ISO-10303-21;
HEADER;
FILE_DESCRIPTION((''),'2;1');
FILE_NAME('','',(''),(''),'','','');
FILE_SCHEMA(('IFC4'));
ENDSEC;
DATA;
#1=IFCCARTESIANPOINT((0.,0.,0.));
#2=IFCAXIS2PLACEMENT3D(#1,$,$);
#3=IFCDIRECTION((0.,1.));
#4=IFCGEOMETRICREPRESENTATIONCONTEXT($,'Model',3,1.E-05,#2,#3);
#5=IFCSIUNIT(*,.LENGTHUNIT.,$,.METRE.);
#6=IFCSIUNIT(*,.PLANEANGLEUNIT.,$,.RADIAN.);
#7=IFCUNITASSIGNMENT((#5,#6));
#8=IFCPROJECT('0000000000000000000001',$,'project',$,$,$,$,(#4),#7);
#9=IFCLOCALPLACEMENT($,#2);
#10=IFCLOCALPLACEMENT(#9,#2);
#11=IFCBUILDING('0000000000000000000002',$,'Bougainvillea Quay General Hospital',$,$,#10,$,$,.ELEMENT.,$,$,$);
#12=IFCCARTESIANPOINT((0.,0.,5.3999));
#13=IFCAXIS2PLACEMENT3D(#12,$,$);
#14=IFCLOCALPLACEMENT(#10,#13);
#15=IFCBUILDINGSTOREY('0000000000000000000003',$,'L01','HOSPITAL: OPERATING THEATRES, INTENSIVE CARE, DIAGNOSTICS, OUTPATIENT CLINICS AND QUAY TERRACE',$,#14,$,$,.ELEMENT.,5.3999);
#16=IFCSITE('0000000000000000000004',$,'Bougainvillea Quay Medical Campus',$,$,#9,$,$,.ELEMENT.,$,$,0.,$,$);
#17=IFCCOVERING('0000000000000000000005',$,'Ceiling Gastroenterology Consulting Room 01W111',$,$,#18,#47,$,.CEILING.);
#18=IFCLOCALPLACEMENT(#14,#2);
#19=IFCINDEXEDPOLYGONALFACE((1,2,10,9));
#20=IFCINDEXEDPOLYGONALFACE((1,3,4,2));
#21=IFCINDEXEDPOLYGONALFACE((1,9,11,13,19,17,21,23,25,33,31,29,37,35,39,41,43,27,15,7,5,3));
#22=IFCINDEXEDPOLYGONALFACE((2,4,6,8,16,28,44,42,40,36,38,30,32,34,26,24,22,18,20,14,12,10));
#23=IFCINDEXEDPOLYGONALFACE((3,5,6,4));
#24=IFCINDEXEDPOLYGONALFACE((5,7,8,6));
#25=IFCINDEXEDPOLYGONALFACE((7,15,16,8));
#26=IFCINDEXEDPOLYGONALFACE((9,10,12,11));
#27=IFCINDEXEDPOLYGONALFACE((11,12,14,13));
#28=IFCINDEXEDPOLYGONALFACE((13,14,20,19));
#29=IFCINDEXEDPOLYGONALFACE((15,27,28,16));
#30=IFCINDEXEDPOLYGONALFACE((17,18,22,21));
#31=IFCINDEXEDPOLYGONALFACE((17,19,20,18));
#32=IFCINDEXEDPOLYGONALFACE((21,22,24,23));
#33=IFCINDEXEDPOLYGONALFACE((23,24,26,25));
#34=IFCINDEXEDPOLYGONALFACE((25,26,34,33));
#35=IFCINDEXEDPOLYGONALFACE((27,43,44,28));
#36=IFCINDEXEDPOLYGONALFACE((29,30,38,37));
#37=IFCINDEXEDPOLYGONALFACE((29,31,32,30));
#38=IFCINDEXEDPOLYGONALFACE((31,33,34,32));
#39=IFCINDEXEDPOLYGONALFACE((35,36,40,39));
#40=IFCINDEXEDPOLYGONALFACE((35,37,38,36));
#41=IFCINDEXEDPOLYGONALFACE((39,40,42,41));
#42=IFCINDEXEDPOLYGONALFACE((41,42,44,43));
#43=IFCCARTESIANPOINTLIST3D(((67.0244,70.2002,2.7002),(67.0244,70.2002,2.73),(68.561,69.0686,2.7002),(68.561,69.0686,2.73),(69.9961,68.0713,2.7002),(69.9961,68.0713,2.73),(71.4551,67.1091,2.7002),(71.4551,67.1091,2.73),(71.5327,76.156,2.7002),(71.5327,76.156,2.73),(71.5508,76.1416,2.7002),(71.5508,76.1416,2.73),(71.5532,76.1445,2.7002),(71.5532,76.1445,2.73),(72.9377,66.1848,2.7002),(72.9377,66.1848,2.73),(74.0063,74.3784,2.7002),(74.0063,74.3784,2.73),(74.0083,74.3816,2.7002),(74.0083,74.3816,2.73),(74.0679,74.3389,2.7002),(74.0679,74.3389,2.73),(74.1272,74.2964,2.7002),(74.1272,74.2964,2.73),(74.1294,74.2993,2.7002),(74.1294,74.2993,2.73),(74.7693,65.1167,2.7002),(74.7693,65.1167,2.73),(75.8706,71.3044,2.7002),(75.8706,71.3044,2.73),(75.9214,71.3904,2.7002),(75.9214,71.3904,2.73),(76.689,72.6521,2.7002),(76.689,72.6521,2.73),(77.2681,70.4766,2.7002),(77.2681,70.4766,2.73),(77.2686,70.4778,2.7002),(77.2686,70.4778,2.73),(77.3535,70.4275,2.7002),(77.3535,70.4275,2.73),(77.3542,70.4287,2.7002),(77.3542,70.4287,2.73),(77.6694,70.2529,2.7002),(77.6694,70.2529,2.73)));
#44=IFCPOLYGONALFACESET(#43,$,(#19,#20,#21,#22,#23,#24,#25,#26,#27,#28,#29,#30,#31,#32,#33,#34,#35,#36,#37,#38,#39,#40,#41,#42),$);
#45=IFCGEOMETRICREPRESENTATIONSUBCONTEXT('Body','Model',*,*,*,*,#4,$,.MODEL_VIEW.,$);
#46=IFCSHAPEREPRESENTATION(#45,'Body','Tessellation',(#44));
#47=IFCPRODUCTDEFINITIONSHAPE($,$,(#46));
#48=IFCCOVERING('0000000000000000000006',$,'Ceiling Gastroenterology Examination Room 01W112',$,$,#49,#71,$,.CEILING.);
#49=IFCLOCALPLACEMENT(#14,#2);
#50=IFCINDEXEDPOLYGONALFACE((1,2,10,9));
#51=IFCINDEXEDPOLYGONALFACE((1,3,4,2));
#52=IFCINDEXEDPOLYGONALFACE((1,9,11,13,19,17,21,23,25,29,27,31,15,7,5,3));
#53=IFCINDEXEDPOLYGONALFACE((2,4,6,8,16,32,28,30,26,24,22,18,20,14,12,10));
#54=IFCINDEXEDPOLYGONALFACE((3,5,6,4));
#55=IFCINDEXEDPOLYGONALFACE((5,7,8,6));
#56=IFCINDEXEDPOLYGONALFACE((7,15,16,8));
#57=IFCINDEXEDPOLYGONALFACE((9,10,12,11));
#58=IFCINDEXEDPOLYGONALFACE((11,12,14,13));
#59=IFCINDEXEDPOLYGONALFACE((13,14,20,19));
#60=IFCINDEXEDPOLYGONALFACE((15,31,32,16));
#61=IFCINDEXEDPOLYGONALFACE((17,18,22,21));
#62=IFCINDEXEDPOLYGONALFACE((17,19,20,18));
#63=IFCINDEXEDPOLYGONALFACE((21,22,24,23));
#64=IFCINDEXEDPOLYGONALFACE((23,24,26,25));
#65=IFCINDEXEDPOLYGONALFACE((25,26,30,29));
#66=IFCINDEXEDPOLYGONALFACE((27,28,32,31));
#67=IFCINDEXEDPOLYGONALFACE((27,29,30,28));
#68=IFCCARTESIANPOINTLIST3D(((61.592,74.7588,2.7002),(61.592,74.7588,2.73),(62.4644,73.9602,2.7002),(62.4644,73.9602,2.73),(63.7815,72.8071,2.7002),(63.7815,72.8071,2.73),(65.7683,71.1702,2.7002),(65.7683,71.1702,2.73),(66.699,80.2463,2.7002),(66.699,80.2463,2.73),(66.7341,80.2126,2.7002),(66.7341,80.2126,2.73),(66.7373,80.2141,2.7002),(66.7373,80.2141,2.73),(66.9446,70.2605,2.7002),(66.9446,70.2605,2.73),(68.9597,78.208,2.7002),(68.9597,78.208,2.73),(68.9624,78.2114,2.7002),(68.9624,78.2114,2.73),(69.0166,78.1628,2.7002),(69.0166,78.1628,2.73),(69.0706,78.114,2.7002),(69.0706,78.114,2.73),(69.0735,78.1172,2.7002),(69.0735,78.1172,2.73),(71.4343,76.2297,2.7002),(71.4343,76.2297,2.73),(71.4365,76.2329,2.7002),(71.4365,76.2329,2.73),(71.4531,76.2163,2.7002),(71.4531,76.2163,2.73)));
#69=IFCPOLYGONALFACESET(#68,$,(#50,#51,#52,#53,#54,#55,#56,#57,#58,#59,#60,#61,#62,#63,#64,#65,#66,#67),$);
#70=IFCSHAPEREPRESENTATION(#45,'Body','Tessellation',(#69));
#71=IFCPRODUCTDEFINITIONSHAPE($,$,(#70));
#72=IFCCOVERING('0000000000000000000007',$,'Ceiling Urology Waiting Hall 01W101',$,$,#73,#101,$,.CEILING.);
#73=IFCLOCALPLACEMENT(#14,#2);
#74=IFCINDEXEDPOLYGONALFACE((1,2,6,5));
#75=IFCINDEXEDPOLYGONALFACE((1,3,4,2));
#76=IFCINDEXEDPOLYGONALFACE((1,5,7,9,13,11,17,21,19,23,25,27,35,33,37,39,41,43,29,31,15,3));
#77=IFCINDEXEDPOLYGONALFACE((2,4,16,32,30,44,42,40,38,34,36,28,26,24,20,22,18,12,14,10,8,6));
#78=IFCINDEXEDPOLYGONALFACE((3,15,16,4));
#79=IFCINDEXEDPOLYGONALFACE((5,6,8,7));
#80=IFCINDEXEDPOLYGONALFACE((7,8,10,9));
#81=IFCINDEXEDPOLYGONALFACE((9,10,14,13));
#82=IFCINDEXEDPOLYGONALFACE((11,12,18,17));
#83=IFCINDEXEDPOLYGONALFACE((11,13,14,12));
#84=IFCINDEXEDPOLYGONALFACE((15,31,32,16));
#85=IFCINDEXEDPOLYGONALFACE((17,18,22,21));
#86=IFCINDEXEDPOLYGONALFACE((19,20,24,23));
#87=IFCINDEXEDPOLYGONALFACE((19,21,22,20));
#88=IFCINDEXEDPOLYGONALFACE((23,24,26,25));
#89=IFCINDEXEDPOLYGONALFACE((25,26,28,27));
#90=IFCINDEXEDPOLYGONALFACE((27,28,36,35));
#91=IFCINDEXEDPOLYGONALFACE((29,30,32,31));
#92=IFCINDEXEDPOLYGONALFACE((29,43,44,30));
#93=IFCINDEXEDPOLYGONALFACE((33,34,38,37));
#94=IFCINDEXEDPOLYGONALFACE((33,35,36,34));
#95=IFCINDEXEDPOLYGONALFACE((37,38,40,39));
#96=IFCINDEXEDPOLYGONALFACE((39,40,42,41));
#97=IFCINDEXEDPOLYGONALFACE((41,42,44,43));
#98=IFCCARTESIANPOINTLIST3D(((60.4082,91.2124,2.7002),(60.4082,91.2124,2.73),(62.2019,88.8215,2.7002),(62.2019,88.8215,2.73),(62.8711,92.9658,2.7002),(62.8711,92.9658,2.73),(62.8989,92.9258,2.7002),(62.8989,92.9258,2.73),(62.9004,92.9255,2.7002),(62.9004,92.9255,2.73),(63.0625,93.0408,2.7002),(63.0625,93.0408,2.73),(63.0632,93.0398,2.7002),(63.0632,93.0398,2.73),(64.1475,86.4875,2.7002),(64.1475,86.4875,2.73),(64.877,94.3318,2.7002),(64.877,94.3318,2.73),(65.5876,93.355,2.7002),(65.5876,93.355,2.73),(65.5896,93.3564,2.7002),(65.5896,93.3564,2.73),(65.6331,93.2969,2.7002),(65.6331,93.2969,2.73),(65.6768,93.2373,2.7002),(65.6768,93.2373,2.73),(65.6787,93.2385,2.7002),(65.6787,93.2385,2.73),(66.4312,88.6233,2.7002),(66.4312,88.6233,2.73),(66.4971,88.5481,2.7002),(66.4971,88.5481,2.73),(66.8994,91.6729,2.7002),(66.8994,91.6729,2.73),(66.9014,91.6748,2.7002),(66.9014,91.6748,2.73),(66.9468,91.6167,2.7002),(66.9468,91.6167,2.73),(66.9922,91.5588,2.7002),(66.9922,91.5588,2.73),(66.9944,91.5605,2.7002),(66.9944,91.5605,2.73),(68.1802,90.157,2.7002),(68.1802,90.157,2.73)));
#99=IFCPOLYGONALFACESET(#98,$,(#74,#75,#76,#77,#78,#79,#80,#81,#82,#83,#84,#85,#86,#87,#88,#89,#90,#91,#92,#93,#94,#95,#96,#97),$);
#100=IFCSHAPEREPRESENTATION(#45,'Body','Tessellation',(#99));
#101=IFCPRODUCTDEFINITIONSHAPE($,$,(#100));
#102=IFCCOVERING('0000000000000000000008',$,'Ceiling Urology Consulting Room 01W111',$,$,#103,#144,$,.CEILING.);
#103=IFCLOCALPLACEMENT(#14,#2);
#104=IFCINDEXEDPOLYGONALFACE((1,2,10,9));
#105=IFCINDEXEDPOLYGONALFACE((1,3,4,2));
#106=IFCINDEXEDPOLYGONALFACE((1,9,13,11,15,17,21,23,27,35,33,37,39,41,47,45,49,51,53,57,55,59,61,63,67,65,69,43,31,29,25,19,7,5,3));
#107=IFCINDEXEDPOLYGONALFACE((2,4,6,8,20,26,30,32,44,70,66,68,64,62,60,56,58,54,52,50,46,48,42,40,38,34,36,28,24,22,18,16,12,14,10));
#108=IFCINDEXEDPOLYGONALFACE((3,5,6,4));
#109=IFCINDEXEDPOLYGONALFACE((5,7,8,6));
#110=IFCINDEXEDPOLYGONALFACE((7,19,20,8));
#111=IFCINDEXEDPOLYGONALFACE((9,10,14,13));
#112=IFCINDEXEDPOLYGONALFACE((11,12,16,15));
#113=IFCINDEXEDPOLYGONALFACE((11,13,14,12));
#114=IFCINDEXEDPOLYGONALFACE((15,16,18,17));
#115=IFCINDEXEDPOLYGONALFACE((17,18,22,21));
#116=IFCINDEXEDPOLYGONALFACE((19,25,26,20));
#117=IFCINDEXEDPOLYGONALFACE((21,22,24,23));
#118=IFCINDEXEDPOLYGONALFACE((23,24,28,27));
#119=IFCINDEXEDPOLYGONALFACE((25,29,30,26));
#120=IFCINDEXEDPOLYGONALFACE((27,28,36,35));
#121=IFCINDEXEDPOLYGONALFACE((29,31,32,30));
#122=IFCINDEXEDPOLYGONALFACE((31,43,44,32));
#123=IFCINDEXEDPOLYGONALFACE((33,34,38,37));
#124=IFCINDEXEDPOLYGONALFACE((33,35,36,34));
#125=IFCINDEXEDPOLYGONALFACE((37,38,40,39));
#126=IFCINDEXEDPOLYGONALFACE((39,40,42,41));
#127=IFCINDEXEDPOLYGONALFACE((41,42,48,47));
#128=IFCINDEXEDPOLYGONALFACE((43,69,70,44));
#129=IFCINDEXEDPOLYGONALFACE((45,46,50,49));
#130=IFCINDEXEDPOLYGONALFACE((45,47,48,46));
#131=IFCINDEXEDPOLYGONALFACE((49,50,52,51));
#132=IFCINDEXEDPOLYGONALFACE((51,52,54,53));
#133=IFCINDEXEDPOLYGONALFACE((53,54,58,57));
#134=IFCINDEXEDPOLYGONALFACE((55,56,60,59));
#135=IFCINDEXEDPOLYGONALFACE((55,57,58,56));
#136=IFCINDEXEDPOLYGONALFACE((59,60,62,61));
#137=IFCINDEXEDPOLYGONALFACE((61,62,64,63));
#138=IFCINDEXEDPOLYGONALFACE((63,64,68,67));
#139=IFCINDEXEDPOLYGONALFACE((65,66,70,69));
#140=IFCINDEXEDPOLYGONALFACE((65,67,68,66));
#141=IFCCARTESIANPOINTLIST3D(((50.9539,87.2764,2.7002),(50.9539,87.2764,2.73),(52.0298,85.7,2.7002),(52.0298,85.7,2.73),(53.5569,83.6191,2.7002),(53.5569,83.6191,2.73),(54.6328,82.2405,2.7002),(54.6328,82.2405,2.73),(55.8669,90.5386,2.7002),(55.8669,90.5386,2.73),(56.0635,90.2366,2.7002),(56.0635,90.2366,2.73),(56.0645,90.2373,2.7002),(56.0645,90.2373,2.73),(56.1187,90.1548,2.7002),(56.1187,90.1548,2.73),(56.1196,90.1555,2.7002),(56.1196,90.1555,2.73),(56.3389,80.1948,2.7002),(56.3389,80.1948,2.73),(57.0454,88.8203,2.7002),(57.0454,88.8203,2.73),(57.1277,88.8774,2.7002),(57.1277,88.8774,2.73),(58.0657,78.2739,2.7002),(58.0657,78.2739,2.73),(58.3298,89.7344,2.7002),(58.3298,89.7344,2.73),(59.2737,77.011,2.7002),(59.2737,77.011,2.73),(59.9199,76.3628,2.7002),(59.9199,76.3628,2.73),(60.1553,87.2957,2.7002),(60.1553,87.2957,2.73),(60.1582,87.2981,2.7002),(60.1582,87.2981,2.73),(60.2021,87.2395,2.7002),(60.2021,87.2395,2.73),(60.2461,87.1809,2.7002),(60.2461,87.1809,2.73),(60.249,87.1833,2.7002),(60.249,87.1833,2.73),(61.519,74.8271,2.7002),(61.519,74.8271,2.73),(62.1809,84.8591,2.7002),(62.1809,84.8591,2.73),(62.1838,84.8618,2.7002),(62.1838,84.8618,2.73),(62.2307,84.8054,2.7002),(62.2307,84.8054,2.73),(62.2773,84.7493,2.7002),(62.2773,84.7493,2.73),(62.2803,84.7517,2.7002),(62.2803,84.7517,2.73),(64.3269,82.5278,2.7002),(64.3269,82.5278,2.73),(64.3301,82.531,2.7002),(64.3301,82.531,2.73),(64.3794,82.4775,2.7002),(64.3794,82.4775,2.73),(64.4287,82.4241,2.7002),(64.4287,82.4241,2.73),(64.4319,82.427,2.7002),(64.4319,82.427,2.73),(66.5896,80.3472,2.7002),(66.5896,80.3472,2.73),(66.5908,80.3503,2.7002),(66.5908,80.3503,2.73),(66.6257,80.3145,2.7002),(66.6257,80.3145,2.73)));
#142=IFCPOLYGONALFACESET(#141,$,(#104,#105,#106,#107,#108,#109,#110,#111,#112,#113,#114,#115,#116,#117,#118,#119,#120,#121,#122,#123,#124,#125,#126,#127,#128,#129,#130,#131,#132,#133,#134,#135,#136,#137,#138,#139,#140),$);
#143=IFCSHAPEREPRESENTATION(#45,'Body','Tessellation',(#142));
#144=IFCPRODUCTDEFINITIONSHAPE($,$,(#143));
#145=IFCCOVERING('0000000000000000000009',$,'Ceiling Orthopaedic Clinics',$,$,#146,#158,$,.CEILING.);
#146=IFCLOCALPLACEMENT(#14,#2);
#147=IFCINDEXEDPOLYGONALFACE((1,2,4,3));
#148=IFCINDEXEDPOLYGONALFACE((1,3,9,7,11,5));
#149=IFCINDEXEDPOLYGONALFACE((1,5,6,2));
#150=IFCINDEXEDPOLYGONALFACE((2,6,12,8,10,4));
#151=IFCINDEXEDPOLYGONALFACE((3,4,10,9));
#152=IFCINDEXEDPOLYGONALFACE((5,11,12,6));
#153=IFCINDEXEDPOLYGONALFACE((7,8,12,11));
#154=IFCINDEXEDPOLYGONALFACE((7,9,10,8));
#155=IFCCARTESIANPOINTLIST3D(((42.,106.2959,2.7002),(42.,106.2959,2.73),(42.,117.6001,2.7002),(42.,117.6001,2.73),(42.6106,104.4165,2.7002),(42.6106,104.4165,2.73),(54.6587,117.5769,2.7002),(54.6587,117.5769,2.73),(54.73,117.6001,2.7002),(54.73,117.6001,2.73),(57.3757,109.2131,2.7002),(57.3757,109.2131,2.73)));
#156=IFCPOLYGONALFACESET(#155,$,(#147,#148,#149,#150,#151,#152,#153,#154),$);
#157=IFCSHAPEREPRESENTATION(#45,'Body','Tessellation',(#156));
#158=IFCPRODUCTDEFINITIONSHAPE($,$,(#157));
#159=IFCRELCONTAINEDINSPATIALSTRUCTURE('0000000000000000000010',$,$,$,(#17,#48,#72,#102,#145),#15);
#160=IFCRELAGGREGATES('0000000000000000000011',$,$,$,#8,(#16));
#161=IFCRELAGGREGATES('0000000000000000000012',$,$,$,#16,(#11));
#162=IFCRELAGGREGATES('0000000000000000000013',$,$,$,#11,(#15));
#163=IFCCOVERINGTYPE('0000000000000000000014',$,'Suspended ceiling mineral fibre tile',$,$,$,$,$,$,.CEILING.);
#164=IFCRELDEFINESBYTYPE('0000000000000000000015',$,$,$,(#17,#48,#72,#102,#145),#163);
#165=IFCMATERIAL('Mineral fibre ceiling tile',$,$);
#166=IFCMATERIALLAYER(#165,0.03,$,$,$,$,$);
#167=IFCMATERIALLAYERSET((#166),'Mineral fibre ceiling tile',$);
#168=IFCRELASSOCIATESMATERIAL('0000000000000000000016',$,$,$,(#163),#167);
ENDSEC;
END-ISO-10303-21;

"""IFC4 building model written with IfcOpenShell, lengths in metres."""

from ifc_helpers import new_model, si_unit, direction, frame, origin, place, context, subcontext, project, spatial, polyline, outline, extrude, material, layer, layer_set, type_object, element, save


model = new_model("IFC4")

# Units and contexts
model_context = context("Model", 3, precision=1e-05, world=origin(), true_north=direction((0.0, 1.0)))
body_context = subcontext(model_context, "Body", "Model", "MODEL_VIEW")
ifc_project = project(units=[si_unit("LENGTHUNIT", "METRE"), si_unit("PLANEANGLEUNIT", "RADIAN")], contexts=[model_context])

# Site, building, storey
site_placement = place(None, origin())
site = spatial("IfcSite", under=ifc_project, at=site_placement, Name="Bougainvillea Quay Medical Campus", CompositionType="ELEMENT", RefElevation=0.0)
building_placement = place(site_placement, origin())
building = spatial("IfcBuilding", under=site, at=building_placement, Name="Bougainvillea Quay General Hospital", CompositionType="ELEMENT")
storey_placement = place(building_placement, frame((0.0, 0.0, 5.3999)))
storey = spatial("IfcBuildingStorey", under=building, at=storey_placement, Name="L01", Description="HOSPITAL: OPERATING THEATRES, INTENSIVE CARE, DIAGNOSTICS, OUTPATIENT CLINICS AND QUAY TERRACE", CompositionType="ELEMENT", Elevation=5.3999)

# Coverings
ifc_material = material(Name="Mineral fibre ceiling tile")
ifc_layer = layer(ifc_material, 0.03)
ifc_layer_set = layer_set([ifc_layer], Name="Mineral fibre ceiling tile")
covering_type = type_object("IfcCoveringType", Name="Suspended ceiling mineral fibre tile", PredefinedType="CEILING", material=ifc_layer_set)
covering_1_placement = place(storey_placement, frame((0.0, 0.0, 2.7002)))
element("IfcCovering", 1, at=covering_1_placement, inside=storey, type_object=covering_type, Name="Ceiling Gastroenterology Consulting Room 01W111", PredefinedType="CEILING", context=body_context, shape_type="SweptSolid", body=[
    extrude(outline(polyline([(74.0679, 74.3389), (74.0063, 74.3784), (74.0083, 74.3816), (71.5532, 76.1445), (71.5508, 76.1416), (71.5327, 76.156), (67.0244, 70.2002), (68.561, 69.0686), (69.9961, 68.0713), (71.4551, 67.1091), (72.9377, 66.1848), (74.7693, 65.1167), (77.6694, 70.2529), (77.3542, 70.4287), (77.3535, 70.4275), (77.2681, 70.4766), (77.2686, 70.4778), (75.8706, 71.3044), (75.9214, 71.3904), (76.689, 72.6521), (74.1294, 74.2993), (74.1272, 74.2964), (74.0679, 74.3389)])), origin(), (0.0, 0.0, 1.0), 0.0298),
])
covering_2_placement = place(storey_placement, frame((0.0, 0.0, 2.7002)))
element("IfcCovering", 2, at=covering_2_placement, inside=storey, type_object=covering_type, Name="Ceiling Gastroenterology Examination Room 01W112", PredefinedType="CEILING", context=body_context, shape_type="SweptSolid", body=[
    extrude(outline(polyline([(65.7683, 71.1702), (66.9446, 70.2605), (71.4531, 76.2163), (71.4343, 76.2297), (71.4365, 76.2329), (69.0735, 78.1172), (69.0706, 78.114), (69.0166, 78.1628), (68.9597, 78.208), (68.9624, 78.2114), (66.7373, 80.2141), (66.7341, 80.2126), (66.699, 80.2463), (61.592, 74.7588), (62.4644, 73.9602), (63.7815, 72.8071), (65.7683, 71.1702)])), origin(), (0.0, 0.0, 1.0), 0.0298),
])
covering_3_placement = place(storey_placement, frame((0.0, 0.0, 2.7002)))
element("IfcCovering", 3, at=covering_3_placement, inside=storey, type_object=covering_type, Name="Ceiling Urology Waiting Hall 01W101", PredefinedType="CEILING", context=body_context, shape_type="SweptSolid", body=[
    extrude(outline(polyline([(66.4971, 88.5481), (66.4312, 88.6233), (68.1802, 90.157), (66.9944, 91.5605), (66.9922, 91.5588), (66.9468, 91.6167), (66.8994, 91.6729), (66.9014, 91.6748), (65.6787, 93.2385), (65.6768, 93.2373), (65.6331, 93.2969), (65.5876, 93.355), (65.5896, 93.3564), (64.877, 94.3318), (63.0625, 93.0408), (63.0632, 93.0398), (62.9004, 92.9255), (62.8989, 92.9258), (62.8711, 92.9658), (60.4082, 91.2124), (62.2019, 88.8215), (64.1475, 86.4875), (66.4971, 88.5481)])), origin(), (0.0, 0.0, 1.0), 0.0298),
])
covering_4_placement = place(storey_placement, frame((0.0, 0.0, 2.7002)))
element("IfcCovering", 4, at=covering_4_placement, inside=storey, type_object=covering_type, Name="Ceiling Urology Consulting Room 01W111", PredefinedType="CEILING", context=body_context, shape_type="SweptSolid", body=[
    extrude(outline(polyline([(64.3269, 82.5278), (64.3301, 82.531), (62.2803, 84.7517), (62.2773, 84.7493), (62.2307, 84.8054), (62.1809, 84.8591), (62.1838, 84.8618), (60.249, 87.1833), (60.2461, 87.1809), (60.2021, 87.2395), (60.1553, 87.2957), (60.1582, 87.2981), (58.3298, 89.7344), (57.1277, 88.8774), (57.0454, 88.8203), (56.1196, 90.1555), (56.1187, 90.1548), (56.0635, 90.2366), (56.0645, 90.2373), (55.8669, 90.5386), (50.9539, 87.2764), (52.0298, 85.7), (53.5569, 83.6191), (54.6328, 82.2405), (56.3389, 80.1948), (58.0657, 78.2739), (59.2737, 77.011), (59.9199, 76.3628), (61.519, 74.8271), (66.6257, 80.3145), (66.5896, 80.3472), (66.5908, 80.3503), (64.4319, 82.427), (64.4287, 82.4241), (64.3794, 82.4775), (64.3269, 82.5278)])), origin(), (0.0, 0.0, 1.0), 0.0298),
])
covering_5_placement = place(storey_placement, frame((0.0, 0.0, 2.7002)))
element("IfcCovering", 5, at=covering_5_placement, inside=storey, type_object=covering_type, Name="Ceiling Orthopaedic Clinics", PredefinedType="CEILING", context=body_context, shape_type="SweptSolid", body=[
    extrude(outline(polyline([(42.6106, 104.4165), (57.3757, 109.2131), (54.6587, 117.5769), (54.73, 117.6001), (42.0, 117.6001), (42.0, 106.2959), (42.6106, 104.4165)])), origin(), (0.0, 0.0, 1.0), 0.0298),
])

save(model, "model.ifc")
